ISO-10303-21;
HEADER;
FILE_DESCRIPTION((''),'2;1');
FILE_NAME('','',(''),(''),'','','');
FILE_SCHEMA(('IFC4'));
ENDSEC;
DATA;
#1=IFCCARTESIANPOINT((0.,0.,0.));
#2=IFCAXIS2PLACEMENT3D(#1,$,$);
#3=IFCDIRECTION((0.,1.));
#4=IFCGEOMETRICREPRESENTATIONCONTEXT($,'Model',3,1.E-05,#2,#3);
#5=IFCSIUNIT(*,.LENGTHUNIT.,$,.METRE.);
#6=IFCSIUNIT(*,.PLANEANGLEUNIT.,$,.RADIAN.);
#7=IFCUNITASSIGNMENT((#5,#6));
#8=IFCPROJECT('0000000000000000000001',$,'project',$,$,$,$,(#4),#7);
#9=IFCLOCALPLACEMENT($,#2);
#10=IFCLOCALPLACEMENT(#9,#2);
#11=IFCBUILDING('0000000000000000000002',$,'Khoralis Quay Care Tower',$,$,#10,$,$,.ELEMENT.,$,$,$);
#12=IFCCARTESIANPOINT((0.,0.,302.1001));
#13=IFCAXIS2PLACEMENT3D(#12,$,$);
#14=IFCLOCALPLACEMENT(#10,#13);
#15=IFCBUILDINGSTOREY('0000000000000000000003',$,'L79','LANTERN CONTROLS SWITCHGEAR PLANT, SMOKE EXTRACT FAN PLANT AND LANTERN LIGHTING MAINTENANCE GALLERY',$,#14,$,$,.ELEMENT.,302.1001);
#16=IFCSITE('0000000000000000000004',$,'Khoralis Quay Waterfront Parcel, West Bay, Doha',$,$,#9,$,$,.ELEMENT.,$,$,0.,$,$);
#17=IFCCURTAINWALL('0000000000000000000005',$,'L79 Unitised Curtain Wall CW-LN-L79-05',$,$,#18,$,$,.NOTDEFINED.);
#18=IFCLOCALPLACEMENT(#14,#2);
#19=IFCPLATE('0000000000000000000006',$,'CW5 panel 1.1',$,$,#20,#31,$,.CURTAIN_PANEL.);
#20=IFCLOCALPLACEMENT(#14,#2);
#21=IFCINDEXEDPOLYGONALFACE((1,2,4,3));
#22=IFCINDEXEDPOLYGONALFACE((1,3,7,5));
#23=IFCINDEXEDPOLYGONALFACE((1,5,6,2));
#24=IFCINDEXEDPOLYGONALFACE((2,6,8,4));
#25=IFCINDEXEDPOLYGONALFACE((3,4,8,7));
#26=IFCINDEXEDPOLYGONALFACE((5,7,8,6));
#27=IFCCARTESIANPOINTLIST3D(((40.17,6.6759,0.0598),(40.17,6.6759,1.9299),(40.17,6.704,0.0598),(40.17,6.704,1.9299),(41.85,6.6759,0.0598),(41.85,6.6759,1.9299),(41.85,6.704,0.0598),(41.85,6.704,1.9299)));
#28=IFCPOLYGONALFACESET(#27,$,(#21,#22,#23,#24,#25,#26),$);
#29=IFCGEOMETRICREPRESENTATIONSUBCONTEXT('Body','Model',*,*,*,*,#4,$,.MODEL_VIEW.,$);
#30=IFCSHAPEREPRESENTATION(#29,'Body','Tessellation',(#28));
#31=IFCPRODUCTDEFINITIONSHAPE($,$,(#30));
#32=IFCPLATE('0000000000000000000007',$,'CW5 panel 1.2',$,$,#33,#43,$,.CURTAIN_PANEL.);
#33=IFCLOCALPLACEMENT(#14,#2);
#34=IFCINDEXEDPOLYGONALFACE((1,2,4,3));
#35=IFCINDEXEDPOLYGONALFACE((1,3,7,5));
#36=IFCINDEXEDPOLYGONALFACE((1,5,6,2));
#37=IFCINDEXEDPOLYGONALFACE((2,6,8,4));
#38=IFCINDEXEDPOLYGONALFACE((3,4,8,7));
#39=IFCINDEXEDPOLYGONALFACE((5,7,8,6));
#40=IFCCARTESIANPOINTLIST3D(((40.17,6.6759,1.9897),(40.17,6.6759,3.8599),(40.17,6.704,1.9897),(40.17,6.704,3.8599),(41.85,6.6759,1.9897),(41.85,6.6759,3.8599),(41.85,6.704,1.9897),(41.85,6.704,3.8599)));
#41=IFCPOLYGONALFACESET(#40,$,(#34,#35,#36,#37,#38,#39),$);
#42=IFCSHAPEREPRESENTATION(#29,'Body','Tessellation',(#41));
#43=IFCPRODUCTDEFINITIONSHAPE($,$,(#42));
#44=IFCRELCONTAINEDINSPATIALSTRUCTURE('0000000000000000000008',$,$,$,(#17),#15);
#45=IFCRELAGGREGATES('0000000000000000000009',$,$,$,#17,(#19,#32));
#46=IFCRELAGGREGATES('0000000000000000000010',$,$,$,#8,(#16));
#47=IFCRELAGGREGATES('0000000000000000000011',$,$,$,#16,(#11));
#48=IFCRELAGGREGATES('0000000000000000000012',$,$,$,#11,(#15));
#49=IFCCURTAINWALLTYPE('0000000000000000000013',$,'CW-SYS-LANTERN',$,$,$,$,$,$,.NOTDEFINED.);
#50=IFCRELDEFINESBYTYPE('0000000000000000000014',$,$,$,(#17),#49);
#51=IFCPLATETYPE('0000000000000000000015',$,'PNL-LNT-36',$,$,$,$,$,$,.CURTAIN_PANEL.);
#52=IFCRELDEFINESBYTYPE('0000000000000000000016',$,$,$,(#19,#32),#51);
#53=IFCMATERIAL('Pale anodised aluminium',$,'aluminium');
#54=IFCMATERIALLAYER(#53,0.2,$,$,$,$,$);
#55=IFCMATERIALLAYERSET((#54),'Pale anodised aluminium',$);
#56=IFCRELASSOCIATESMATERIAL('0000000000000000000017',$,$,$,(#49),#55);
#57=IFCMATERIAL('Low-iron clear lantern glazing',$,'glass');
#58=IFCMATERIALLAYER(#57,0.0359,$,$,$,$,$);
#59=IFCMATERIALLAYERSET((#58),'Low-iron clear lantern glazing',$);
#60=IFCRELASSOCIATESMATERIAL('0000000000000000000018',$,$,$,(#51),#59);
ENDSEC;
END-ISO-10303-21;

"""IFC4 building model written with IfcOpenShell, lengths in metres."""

from ifc_helpers import new_model, si_unit, direction, frame, origin, origin_2d, place, context, subcontext, project, spatial, rectangle, extrude, source, transform, mapped, material, layer, layer_set, type_object, element, aggregate, save


model = new_model("IFC4")

# Units and contexts
model_context = context("Model", 3, precision=1e-05, world=origin(), true_north=direction((0.0, 1.0)))
body_context = subcontext(model_context, "Body", "Model", "MODEL_VIEW")
ifc_project = project(units=[si_unit("LENGTHUNIT", "METRE"), si_unit("PLANEANGLEUNIT", "RADIAN")], contexts=[model_context])

# Site, building, storey
site_placement = place(None, origin())
site = spatial("IfcSite", under=ifc_project, at=site_placement, Name="Khoralis Quay Waterfront Parcel, West Bay, Doha", CompositionType="ELEMENT", RefElevation=0.0)
building_placement = place(site_placement, origin())
building = spatial("IfcBuilding", under=site, at=building_placement, Name="Khoralis Quay Care Tower", CompositionType="ELEMENT")
storey_placement = place(building_placement, frame((0.0, 0.0, 302.1001)))
storey = spatial("IfcBuildingStorey", under=building, at=storey_placement, Name="L79", Description="LANTERN CONTROLS SWITCHGEAR PLANT, SMOKE EXTRACT FAN PLANT AND LANTERN LIGHTING MAINTENANCE GALLERY", CompositionType="ELEMENT", Elevation=302.1001)

# Curtain wall
ifc_material_1 = material(Name="Pale anodised aluminium", Category="aluminium")
ifc_layer_1 = layer(ifc_material_1, 0.2)
ifc_layer_set_1 = layer_set([ifc_layer_1], Name="Pale anodised aluminium")
curtain_wall_type = type_object("IfcCurtainWallType", Name="CW-SYS-LANTERN", PredefinedType="NOTDEFINED", material=ifc_layer_set_1)
curtain_wall_1_placement = place(storey_placement, origin())
curtain_wall_1 = element("IfcCurtainWall", 1, at=curtain_wall_1_placement, inside=storey, type_object=curtain_wall_type, Name="L79 Unitised Curtain Wall CW-LN-L79-05", PredefinedType="NOTDEFINED")

# Plates
ifc_material_2 = material(Name="Low-iron clear lantern glazing", Category="glass")
ifc_layer_2 = layer(ifc_material_2, 0.0359)
ifc_layer_set_2 = layer_set([ifc_layer_2], Name="Low-iron clear lantern glazing")
plate_type = type_object("IfcPlateType", Name="PNL-LNT-36", PredefinedType="CURTAIN_PANEL", material=ifc_layer_set_2)
shared_shape_1 = source(origin(), body_context, "Body", "SweptSolid", [
    extrude(rectangle(XDim=1.6799, YDim=0.0281, at=origin_2d()), origin(), (0.0, 0.0, 1.0), 1.8701),
])
plate_1_placement = place(storey_placement, frame((41.01, 6.6899, 0.0598), z_axis=(0.0, 0.0, 1.0), x_axis=(1.0, 0.0, 0.0)))
plate_1 = element("IfcPlate", 2, at=plate_1_placement, type_object=plate_type, Name="CW5 panel 1.1", PredefinedType="CURTAIN_PANEL", context=body_context, shape_type="MappedRepresentation", body=[
    mapped(shared_shape_1, transform((0.0, 0.0, 0.0), scale=1.0)),
])
plate_2_placement = place(storey_placement, frame((41.01, 6.6899, 1.9897), z_axis=(0.0, 0.0, 1.0), x_axis=(1.0, 0.0, 0.0)))
plate_2 = element("IfcPlate", 3, at=plate_2_placement, type_object=plate_type, Name="CW5 panel 1.2", PredefinedType="CURTAIN_PANEL", context=body_context, shape_type="MappedRepresentation", body=[
    mapped(shared_shape_1, transform((0.0, 0.0, 0.0), scale=1.0)),
])
aggregate(curtain_wall_1, [plate_1, plate_2])

save(model, "model.ifc")
